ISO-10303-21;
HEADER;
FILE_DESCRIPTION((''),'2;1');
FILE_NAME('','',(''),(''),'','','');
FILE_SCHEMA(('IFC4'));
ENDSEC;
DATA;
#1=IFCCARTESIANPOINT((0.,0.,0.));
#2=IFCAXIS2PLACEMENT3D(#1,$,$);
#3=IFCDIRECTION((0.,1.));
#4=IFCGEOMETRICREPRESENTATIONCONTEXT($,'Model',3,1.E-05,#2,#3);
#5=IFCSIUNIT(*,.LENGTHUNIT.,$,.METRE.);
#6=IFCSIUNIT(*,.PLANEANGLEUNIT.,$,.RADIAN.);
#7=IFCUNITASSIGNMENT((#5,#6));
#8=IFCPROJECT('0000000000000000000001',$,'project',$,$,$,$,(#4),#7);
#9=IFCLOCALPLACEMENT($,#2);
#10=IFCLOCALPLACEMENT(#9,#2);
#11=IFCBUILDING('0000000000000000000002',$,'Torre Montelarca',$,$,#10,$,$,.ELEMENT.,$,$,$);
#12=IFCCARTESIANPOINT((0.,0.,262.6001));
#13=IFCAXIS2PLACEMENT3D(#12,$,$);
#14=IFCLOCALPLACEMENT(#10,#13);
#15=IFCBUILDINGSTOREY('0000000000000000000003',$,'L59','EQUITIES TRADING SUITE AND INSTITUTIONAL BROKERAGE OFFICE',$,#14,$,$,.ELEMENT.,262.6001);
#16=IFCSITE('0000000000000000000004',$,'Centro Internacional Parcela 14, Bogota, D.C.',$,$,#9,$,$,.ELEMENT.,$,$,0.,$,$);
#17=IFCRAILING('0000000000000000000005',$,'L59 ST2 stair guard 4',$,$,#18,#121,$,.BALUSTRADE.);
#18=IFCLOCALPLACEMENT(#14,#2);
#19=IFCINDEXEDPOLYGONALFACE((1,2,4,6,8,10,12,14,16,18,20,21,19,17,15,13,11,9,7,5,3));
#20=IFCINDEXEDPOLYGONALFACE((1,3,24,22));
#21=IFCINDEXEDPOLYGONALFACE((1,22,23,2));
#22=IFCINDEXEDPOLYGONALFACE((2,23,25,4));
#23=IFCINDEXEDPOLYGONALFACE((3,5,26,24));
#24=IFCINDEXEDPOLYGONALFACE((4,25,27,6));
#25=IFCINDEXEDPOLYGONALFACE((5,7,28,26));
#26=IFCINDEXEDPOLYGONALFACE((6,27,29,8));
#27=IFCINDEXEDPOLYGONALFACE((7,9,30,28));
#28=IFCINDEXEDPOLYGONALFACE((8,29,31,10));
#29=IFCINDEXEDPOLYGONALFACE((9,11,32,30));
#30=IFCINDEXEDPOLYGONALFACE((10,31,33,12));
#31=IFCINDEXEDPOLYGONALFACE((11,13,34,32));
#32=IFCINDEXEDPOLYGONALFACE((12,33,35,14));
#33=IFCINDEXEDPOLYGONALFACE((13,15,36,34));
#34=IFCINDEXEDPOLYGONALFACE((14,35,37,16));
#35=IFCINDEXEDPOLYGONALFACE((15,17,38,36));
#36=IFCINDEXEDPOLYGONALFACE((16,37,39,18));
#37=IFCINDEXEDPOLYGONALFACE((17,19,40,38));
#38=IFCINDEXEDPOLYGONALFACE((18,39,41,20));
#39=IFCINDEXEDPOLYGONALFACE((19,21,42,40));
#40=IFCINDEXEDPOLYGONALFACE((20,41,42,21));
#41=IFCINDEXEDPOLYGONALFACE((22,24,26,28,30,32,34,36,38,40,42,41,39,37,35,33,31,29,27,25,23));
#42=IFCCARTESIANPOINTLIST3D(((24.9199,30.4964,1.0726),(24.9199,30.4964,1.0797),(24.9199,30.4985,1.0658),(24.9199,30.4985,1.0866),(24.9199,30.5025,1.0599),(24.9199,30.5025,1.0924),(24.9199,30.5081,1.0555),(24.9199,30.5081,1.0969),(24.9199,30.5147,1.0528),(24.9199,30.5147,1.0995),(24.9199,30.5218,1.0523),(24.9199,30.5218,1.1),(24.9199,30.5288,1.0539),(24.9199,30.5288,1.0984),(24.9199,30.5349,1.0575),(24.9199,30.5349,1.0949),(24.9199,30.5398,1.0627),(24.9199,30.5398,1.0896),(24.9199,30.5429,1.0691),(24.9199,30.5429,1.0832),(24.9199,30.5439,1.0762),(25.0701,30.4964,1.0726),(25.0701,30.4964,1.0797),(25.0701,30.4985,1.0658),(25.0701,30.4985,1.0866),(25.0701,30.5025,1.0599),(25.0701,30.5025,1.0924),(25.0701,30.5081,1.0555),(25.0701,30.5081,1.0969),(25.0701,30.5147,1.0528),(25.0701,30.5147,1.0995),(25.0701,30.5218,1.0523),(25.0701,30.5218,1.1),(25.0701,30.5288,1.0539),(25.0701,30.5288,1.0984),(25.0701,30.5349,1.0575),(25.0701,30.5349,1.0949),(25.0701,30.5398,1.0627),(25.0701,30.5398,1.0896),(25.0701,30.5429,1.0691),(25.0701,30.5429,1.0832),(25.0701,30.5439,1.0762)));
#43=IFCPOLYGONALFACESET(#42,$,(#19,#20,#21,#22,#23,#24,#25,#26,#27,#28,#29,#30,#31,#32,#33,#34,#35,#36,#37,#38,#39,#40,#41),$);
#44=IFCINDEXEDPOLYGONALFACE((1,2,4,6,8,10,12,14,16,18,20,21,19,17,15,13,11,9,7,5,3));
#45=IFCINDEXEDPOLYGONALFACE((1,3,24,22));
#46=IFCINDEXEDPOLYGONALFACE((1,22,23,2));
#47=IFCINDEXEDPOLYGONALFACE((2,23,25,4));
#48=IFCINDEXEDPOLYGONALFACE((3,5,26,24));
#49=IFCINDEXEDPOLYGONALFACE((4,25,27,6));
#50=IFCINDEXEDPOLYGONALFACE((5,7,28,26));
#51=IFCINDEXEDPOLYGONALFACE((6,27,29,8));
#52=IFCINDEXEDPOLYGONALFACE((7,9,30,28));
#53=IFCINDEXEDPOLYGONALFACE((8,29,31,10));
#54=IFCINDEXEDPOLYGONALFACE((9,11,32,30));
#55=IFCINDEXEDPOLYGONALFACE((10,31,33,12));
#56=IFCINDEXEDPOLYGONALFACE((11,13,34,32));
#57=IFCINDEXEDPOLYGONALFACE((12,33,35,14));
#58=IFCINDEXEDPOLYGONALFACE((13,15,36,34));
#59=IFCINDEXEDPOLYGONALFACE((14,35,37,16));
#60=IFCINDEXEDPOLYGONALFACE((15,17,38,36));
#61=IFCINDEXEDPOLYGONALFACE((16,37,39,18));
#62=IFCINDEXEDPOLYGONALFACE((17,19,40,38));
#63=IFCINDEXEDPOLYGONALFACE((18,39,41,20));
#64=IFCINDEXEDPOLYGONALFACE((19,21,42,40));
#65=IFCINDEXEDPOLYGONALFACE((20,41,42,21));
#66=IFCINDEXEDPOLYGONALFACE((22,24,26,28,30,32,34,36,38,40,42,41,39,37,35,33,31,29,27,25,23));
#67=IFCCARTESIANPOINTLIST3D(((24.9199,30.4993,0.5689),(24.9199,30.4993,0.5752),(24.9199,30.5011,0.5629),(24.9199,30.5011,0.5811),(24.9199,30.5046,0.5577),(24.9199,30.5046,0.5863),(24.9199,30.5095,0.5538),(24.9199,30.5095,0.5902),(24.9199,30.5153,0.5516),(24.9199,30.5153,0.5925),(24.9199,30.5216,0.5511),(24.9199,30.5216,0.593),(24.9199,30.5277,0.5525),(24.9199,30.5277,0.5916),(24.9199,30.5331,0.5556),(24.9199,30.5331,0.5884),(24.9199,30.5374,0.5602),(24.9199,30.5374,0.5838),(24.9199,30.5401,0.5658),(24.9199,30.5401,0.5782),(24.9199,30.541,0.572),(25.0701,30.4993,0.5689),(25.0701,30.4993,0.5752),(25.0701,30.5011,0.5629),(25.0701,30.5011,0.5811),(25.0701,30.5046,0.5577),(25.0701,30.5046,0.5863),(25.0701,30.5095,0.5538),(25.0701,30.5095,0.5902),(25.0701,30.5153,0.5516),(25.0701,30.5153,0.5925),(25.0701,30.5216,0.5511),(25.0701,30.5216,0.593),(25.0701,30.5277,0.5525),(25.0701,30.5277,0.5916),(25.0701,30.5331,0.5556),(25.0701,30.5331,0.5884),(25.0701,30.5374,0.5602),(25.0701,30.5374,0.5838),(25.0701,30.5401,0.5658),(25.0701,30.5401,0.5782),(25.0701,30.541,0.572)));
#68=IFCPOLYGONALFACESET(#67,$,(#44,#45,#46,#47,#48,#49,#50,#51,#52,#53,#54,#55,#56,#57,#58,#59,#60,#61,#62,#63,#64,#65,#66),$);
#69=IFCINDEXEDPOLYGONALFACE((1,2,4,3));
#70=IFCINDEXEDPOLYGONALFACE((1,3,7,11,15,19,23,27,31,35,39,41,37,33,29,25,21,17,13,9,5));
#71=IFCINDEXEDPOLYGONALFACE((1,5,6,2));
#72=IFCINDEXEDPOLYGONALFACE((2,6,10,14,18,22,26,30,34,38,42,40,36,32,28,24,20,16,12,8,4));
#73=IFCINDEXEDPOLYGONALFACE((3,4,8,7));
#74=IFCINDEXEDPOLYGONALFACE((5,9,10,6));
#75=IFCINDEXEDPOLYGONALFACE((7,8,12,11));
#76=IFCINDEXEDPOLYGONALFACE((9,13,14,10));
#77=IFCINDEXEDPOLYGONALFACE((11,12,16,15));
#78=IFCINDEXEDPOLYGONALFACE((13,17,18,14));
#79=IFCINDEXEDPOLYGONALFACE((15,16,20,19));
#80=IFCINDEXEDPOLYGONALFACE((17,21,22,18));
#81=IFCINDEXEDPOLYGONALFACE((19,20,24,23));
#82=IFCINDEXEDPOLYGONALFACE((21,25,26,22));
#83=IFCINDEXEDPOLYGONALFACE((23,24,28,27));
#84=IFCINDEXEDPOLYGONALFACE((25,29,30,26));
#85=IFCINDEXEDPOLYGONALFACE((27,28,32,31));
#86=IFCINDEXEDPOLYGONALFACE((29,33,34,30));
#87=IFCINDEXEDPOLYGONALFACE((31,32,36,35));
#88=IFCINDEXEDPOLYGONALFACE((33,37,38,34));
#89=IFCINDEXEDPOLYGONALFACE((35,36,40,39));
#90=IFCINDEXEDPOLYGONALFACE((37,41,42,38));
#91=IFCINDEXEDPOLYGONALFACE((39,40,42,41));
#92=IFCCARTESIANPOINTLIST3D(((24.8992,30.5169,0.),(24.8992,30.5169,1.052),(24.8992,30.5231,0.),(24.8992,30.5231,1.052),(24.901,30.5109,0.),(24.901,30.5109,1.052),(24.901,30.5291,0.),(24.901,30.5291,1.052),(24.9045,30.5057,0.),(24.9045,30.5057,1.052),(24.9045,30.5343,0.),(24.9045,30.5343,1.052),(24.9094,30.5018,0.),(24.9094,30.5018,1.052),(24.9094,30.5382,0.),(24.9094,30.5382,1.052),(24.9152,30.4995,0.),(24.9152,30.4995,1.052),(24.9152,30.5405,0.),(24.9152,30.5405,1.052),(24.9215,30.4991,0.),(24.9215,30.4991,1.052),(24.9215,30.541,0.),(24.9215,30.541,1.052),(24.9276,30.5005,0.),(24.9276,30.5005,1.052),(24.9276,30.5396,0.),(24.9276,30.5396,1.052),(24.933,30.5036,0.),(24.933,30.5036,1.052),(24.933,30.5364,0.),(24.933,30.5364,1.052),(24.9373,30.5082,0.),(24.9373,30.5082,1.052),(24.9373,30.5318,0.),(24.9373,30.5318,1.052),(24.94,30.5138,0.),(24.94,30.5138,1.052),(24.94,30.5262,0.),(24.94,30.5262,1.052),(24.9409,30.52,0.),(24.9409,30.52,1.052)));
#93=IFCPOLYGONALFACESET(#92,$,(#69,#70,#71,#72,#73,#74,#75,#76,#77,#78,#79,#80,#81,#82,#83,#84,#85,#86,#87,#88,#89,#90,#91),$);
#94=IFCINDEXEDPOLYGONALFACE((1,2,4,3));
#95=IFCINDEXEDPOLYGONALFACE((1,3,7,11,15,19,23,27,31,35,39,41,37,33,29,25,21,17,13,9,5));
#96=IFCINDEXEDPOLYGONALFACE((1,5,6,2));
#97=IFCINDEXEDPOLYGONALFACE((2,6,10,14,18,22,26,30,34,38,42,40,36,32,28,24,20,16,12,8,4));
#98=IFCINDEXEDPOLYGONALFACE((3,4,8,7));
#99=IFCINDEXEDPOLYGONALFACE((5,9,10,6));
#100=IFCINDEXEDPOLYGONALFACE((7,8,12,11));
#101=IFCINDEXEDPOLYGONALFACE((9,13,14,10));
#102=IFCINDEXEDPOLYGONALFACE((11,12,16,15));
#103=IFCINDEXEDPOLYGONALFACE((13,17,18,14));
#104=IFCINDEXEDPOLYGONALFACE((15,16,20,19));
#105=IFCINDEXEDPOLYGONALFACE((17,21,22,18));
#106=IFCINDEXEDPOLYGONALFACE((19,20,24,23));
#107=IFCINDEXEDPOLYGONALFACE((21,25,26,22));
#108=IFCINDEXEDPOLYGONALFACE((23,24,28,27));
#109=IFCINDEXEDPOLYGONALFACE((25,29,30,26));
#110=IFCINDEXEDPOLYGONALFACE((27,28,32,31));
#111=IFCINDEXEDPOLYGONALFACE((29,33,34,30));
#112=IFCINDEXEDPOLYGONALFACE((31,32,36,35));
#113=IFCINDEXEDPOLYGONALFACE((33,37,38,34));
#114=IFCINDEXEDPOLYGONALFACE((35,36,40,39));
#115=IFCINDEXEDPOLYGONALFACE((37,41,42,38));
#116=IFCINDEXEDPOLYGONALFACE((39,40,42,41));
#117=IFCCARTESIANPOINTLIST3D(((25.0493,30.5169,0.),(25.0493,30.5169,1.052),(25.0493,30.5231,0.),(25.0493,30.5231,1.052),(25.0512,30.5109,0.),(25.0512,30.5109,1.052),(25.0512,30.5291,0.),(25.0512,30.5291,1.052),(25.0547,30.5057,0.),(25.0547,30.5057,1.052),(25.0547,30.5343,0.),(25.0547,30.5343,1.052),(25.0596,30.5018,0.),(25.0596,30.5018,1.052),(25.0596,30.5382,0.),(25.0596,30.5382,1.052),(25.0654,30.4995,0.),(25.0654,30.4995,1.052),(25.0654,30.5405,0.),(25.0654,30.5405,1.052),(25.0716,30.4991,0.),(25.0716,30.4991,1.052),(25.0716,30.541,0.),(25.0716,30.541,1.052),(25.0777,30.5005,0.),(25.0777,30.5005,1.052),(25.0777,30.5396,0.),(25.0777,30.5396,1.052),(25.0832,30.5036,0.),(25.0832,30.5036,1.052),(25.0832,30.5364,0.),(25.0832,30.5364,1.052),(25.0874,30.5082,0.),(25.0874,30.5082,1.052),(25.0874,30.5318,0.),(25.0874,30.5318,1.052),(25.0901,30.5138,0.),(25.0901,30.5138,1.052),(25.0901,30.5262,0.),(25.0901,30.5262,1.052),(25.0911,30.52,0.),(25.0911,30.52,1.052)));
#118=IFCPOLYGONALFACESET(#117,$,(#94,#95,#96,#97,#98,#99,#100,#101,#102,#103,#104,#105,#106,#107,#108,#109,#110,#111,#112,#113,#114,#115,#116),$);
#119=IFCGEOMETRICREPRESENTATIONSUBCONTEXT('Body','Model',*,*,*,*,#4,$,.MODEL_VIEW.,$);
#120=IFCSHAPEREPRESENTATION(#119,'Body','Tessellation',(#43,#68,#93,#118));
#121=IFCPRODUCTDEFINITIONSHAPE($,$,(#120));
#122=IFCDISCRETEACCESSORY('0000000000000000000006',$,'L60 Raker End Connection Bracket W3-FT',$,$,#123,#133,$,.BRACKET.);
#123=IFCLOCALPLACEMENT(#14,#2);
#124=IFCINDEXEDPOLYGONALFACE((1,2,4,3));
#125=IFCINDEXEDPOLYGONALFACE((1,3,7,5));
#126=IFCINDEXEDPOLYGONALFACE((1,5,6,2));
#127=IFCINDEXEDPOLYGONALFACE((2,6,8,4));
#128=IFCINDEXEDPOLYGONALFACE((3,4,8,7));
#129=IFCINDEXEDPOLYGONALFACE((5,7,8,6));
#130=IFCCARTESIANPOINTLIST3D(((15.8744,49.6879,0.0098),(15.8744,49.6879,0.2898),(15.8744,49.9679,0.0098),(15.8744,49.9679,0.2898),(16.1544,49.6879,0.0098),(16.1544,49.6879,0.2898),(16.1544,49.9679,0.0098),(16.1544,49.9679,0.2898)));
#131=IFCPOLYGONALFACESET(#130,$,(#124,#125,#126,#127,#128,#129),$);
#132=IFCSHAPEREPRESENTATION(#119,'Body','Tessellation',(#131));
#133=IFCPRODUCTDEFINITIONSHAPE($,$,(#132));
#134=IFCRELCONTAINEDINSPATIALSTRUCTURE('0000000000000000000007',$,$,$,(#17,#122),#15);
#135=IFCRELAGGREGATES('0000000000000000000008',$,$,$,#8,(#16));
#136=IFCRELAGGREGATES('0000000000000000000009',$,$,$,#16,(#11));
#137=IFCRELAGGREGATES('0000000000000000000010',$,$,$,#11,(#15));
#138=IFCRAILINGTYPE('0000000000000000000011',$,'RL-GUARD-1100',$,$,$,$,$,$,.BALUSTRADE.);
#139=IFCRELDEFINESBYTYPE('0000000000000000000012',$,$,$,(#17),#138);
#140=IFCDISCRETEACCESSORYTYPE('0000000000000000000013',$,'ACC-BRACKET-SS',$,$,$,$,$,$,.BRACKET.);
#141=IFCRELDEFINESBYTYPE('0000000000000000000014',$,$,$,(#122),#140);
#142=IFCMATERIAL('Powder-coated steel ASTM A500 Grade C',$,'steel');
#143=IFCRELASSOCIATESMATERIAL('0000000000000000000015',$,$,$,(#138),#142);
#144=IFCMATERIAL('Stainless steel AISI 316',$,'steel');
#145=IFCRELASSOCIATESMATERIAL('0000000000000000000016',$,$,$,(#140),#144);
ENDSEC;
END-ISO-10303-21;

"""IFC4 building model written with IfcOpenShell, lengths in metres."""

from ifc_helpers import new_model, si_unit, direction, frame, origin, origin_2d, place, context, subcontext, project, spatial, rectangle, circle, extrude, source, transform, mapped, material, type_object, element, save


model = new_model("IFC4")

# Units and contexts
model_context = context("Model", 3, precision=1e-05, world=origin(), true_north=direction((0.0, 1.0)))
body_context = subcontext(model_context, "Body", "Model", "MODEL_VIEW")
ifc_project = project(units=[si_unit("LENGTHUNIT", "METRE"), si_unit("PLANEANGLEUNIT", "RADIAN")], contexts=[model_context])

# Site, building, storey
site_placement = place(None, origin())
site = spatial("IfcSite", under=ifc_project, at=site_placement, Name="Centro Internacional Parcela 14, Bogota, D.C.", CompositionType="ELEMENT", RefElevation=0.0)
building_placement = place(site_placement, origin())
building = spatial("IfcBuilding", under=site, at=building_placement, Name="Torre Montelarca", CompositionType="ELEMENT")
storey_placement = place(building_placement, frame((0.0, 0.0, 262.6001)))
storey = spatial("IfcBuildingStorey", under=building, at=storey_placement, Name="L59", Description="EQUITIES TRADING SUITE AND INSTITUTIONAL BROKERAGE OFFICE", CompositionType="ELEMENT", Elevation=262.6001)

# Railing
ifc_material_1 = material(Name="Powder-coated steel ASTM A500 Grade C", Category="steel")
railing_type = type_object("IfcRailingType", Name="RL-GUARD-1100", PredefinedType="BALUSTRADE", material=ifc_material_1)
railing_placement = place(storey_placement, frame((24.9199, 30.52, 0.0)))
element("IfcRailing", 1, at=railing_placement, inside=storey, type_object=railing_type, Name="L59 ST2 stair guard 4", PredefinedType="BALUSTRADE", context=body_context, shape_type="SweptSolid", body=[
    extrude(circle(Radius=0.0239, at=origin_2d()), frame((0.0, 0.0, 1.0762), z_axis=(1.0, 0.0, 0.0), x_axis=(0.0, 1.0, 0.0)), (0.0, 0.0, 1.0), 0.1501),
    extrude(circle(Radius=0.021, at=origin_2d()), frame((0.0, 0.0, 0.572), z_axis=(1.0, 0.0, 0.0), x_axis=(0.0, 1.0, 0.0)), (0.0, 0.0, 1.0), 0.1501),
    extrude(circle(Radius=0.021, at=origin_2d()), origin(), (0.0, 0.0, 1.0), 1.052),
    extrude(circle(Radius=0.021, at=origin_2d()), frame((0.1501, 0.0, 0.0)), (0.0, 0.0, 1.0), 1.052),
])

# Discrete accessory
ifc_material_2 = material(Name="Stainless steel AISI 316", Category="steel")
discrete_accessory_type = type_object("IfcDiscreteAccessoryType", Name="ACC-BRACKET-SS", PredefinedType="BRACKET", material=ifc_material_2)
shared_shape_1 = source(origin(), body_context, "Body", "SweptSolid", [
    extrude(rectangle(XDim=0.28, YDim=0.28, at=origin_2d()), origin(), (0.0, 0.0, 1.0), 0.28),
])
discrete_accessory_placement = place(storey_placement, frame((16.0144, 49.8279, 0.0098), z_axis=(0.0, 0.0, 1.0), x_axis=(1.0, 0.0, 0.0)))
element("IfcDiscreteAccessory", 2, at=discrete_accessory_placement, inside=storey, type_object=discrete_accessory_type, Name="L60 Raker End Connection Bracket W3-FT", PredefinedType="BRACKET", context=body_context, shape_type="MappedRepresentation", body=[
    mapped(shared_shape_1, transform((0.0, 0.0, 0.0), scale=1.0)),
])

save(model, "model.ifc")
